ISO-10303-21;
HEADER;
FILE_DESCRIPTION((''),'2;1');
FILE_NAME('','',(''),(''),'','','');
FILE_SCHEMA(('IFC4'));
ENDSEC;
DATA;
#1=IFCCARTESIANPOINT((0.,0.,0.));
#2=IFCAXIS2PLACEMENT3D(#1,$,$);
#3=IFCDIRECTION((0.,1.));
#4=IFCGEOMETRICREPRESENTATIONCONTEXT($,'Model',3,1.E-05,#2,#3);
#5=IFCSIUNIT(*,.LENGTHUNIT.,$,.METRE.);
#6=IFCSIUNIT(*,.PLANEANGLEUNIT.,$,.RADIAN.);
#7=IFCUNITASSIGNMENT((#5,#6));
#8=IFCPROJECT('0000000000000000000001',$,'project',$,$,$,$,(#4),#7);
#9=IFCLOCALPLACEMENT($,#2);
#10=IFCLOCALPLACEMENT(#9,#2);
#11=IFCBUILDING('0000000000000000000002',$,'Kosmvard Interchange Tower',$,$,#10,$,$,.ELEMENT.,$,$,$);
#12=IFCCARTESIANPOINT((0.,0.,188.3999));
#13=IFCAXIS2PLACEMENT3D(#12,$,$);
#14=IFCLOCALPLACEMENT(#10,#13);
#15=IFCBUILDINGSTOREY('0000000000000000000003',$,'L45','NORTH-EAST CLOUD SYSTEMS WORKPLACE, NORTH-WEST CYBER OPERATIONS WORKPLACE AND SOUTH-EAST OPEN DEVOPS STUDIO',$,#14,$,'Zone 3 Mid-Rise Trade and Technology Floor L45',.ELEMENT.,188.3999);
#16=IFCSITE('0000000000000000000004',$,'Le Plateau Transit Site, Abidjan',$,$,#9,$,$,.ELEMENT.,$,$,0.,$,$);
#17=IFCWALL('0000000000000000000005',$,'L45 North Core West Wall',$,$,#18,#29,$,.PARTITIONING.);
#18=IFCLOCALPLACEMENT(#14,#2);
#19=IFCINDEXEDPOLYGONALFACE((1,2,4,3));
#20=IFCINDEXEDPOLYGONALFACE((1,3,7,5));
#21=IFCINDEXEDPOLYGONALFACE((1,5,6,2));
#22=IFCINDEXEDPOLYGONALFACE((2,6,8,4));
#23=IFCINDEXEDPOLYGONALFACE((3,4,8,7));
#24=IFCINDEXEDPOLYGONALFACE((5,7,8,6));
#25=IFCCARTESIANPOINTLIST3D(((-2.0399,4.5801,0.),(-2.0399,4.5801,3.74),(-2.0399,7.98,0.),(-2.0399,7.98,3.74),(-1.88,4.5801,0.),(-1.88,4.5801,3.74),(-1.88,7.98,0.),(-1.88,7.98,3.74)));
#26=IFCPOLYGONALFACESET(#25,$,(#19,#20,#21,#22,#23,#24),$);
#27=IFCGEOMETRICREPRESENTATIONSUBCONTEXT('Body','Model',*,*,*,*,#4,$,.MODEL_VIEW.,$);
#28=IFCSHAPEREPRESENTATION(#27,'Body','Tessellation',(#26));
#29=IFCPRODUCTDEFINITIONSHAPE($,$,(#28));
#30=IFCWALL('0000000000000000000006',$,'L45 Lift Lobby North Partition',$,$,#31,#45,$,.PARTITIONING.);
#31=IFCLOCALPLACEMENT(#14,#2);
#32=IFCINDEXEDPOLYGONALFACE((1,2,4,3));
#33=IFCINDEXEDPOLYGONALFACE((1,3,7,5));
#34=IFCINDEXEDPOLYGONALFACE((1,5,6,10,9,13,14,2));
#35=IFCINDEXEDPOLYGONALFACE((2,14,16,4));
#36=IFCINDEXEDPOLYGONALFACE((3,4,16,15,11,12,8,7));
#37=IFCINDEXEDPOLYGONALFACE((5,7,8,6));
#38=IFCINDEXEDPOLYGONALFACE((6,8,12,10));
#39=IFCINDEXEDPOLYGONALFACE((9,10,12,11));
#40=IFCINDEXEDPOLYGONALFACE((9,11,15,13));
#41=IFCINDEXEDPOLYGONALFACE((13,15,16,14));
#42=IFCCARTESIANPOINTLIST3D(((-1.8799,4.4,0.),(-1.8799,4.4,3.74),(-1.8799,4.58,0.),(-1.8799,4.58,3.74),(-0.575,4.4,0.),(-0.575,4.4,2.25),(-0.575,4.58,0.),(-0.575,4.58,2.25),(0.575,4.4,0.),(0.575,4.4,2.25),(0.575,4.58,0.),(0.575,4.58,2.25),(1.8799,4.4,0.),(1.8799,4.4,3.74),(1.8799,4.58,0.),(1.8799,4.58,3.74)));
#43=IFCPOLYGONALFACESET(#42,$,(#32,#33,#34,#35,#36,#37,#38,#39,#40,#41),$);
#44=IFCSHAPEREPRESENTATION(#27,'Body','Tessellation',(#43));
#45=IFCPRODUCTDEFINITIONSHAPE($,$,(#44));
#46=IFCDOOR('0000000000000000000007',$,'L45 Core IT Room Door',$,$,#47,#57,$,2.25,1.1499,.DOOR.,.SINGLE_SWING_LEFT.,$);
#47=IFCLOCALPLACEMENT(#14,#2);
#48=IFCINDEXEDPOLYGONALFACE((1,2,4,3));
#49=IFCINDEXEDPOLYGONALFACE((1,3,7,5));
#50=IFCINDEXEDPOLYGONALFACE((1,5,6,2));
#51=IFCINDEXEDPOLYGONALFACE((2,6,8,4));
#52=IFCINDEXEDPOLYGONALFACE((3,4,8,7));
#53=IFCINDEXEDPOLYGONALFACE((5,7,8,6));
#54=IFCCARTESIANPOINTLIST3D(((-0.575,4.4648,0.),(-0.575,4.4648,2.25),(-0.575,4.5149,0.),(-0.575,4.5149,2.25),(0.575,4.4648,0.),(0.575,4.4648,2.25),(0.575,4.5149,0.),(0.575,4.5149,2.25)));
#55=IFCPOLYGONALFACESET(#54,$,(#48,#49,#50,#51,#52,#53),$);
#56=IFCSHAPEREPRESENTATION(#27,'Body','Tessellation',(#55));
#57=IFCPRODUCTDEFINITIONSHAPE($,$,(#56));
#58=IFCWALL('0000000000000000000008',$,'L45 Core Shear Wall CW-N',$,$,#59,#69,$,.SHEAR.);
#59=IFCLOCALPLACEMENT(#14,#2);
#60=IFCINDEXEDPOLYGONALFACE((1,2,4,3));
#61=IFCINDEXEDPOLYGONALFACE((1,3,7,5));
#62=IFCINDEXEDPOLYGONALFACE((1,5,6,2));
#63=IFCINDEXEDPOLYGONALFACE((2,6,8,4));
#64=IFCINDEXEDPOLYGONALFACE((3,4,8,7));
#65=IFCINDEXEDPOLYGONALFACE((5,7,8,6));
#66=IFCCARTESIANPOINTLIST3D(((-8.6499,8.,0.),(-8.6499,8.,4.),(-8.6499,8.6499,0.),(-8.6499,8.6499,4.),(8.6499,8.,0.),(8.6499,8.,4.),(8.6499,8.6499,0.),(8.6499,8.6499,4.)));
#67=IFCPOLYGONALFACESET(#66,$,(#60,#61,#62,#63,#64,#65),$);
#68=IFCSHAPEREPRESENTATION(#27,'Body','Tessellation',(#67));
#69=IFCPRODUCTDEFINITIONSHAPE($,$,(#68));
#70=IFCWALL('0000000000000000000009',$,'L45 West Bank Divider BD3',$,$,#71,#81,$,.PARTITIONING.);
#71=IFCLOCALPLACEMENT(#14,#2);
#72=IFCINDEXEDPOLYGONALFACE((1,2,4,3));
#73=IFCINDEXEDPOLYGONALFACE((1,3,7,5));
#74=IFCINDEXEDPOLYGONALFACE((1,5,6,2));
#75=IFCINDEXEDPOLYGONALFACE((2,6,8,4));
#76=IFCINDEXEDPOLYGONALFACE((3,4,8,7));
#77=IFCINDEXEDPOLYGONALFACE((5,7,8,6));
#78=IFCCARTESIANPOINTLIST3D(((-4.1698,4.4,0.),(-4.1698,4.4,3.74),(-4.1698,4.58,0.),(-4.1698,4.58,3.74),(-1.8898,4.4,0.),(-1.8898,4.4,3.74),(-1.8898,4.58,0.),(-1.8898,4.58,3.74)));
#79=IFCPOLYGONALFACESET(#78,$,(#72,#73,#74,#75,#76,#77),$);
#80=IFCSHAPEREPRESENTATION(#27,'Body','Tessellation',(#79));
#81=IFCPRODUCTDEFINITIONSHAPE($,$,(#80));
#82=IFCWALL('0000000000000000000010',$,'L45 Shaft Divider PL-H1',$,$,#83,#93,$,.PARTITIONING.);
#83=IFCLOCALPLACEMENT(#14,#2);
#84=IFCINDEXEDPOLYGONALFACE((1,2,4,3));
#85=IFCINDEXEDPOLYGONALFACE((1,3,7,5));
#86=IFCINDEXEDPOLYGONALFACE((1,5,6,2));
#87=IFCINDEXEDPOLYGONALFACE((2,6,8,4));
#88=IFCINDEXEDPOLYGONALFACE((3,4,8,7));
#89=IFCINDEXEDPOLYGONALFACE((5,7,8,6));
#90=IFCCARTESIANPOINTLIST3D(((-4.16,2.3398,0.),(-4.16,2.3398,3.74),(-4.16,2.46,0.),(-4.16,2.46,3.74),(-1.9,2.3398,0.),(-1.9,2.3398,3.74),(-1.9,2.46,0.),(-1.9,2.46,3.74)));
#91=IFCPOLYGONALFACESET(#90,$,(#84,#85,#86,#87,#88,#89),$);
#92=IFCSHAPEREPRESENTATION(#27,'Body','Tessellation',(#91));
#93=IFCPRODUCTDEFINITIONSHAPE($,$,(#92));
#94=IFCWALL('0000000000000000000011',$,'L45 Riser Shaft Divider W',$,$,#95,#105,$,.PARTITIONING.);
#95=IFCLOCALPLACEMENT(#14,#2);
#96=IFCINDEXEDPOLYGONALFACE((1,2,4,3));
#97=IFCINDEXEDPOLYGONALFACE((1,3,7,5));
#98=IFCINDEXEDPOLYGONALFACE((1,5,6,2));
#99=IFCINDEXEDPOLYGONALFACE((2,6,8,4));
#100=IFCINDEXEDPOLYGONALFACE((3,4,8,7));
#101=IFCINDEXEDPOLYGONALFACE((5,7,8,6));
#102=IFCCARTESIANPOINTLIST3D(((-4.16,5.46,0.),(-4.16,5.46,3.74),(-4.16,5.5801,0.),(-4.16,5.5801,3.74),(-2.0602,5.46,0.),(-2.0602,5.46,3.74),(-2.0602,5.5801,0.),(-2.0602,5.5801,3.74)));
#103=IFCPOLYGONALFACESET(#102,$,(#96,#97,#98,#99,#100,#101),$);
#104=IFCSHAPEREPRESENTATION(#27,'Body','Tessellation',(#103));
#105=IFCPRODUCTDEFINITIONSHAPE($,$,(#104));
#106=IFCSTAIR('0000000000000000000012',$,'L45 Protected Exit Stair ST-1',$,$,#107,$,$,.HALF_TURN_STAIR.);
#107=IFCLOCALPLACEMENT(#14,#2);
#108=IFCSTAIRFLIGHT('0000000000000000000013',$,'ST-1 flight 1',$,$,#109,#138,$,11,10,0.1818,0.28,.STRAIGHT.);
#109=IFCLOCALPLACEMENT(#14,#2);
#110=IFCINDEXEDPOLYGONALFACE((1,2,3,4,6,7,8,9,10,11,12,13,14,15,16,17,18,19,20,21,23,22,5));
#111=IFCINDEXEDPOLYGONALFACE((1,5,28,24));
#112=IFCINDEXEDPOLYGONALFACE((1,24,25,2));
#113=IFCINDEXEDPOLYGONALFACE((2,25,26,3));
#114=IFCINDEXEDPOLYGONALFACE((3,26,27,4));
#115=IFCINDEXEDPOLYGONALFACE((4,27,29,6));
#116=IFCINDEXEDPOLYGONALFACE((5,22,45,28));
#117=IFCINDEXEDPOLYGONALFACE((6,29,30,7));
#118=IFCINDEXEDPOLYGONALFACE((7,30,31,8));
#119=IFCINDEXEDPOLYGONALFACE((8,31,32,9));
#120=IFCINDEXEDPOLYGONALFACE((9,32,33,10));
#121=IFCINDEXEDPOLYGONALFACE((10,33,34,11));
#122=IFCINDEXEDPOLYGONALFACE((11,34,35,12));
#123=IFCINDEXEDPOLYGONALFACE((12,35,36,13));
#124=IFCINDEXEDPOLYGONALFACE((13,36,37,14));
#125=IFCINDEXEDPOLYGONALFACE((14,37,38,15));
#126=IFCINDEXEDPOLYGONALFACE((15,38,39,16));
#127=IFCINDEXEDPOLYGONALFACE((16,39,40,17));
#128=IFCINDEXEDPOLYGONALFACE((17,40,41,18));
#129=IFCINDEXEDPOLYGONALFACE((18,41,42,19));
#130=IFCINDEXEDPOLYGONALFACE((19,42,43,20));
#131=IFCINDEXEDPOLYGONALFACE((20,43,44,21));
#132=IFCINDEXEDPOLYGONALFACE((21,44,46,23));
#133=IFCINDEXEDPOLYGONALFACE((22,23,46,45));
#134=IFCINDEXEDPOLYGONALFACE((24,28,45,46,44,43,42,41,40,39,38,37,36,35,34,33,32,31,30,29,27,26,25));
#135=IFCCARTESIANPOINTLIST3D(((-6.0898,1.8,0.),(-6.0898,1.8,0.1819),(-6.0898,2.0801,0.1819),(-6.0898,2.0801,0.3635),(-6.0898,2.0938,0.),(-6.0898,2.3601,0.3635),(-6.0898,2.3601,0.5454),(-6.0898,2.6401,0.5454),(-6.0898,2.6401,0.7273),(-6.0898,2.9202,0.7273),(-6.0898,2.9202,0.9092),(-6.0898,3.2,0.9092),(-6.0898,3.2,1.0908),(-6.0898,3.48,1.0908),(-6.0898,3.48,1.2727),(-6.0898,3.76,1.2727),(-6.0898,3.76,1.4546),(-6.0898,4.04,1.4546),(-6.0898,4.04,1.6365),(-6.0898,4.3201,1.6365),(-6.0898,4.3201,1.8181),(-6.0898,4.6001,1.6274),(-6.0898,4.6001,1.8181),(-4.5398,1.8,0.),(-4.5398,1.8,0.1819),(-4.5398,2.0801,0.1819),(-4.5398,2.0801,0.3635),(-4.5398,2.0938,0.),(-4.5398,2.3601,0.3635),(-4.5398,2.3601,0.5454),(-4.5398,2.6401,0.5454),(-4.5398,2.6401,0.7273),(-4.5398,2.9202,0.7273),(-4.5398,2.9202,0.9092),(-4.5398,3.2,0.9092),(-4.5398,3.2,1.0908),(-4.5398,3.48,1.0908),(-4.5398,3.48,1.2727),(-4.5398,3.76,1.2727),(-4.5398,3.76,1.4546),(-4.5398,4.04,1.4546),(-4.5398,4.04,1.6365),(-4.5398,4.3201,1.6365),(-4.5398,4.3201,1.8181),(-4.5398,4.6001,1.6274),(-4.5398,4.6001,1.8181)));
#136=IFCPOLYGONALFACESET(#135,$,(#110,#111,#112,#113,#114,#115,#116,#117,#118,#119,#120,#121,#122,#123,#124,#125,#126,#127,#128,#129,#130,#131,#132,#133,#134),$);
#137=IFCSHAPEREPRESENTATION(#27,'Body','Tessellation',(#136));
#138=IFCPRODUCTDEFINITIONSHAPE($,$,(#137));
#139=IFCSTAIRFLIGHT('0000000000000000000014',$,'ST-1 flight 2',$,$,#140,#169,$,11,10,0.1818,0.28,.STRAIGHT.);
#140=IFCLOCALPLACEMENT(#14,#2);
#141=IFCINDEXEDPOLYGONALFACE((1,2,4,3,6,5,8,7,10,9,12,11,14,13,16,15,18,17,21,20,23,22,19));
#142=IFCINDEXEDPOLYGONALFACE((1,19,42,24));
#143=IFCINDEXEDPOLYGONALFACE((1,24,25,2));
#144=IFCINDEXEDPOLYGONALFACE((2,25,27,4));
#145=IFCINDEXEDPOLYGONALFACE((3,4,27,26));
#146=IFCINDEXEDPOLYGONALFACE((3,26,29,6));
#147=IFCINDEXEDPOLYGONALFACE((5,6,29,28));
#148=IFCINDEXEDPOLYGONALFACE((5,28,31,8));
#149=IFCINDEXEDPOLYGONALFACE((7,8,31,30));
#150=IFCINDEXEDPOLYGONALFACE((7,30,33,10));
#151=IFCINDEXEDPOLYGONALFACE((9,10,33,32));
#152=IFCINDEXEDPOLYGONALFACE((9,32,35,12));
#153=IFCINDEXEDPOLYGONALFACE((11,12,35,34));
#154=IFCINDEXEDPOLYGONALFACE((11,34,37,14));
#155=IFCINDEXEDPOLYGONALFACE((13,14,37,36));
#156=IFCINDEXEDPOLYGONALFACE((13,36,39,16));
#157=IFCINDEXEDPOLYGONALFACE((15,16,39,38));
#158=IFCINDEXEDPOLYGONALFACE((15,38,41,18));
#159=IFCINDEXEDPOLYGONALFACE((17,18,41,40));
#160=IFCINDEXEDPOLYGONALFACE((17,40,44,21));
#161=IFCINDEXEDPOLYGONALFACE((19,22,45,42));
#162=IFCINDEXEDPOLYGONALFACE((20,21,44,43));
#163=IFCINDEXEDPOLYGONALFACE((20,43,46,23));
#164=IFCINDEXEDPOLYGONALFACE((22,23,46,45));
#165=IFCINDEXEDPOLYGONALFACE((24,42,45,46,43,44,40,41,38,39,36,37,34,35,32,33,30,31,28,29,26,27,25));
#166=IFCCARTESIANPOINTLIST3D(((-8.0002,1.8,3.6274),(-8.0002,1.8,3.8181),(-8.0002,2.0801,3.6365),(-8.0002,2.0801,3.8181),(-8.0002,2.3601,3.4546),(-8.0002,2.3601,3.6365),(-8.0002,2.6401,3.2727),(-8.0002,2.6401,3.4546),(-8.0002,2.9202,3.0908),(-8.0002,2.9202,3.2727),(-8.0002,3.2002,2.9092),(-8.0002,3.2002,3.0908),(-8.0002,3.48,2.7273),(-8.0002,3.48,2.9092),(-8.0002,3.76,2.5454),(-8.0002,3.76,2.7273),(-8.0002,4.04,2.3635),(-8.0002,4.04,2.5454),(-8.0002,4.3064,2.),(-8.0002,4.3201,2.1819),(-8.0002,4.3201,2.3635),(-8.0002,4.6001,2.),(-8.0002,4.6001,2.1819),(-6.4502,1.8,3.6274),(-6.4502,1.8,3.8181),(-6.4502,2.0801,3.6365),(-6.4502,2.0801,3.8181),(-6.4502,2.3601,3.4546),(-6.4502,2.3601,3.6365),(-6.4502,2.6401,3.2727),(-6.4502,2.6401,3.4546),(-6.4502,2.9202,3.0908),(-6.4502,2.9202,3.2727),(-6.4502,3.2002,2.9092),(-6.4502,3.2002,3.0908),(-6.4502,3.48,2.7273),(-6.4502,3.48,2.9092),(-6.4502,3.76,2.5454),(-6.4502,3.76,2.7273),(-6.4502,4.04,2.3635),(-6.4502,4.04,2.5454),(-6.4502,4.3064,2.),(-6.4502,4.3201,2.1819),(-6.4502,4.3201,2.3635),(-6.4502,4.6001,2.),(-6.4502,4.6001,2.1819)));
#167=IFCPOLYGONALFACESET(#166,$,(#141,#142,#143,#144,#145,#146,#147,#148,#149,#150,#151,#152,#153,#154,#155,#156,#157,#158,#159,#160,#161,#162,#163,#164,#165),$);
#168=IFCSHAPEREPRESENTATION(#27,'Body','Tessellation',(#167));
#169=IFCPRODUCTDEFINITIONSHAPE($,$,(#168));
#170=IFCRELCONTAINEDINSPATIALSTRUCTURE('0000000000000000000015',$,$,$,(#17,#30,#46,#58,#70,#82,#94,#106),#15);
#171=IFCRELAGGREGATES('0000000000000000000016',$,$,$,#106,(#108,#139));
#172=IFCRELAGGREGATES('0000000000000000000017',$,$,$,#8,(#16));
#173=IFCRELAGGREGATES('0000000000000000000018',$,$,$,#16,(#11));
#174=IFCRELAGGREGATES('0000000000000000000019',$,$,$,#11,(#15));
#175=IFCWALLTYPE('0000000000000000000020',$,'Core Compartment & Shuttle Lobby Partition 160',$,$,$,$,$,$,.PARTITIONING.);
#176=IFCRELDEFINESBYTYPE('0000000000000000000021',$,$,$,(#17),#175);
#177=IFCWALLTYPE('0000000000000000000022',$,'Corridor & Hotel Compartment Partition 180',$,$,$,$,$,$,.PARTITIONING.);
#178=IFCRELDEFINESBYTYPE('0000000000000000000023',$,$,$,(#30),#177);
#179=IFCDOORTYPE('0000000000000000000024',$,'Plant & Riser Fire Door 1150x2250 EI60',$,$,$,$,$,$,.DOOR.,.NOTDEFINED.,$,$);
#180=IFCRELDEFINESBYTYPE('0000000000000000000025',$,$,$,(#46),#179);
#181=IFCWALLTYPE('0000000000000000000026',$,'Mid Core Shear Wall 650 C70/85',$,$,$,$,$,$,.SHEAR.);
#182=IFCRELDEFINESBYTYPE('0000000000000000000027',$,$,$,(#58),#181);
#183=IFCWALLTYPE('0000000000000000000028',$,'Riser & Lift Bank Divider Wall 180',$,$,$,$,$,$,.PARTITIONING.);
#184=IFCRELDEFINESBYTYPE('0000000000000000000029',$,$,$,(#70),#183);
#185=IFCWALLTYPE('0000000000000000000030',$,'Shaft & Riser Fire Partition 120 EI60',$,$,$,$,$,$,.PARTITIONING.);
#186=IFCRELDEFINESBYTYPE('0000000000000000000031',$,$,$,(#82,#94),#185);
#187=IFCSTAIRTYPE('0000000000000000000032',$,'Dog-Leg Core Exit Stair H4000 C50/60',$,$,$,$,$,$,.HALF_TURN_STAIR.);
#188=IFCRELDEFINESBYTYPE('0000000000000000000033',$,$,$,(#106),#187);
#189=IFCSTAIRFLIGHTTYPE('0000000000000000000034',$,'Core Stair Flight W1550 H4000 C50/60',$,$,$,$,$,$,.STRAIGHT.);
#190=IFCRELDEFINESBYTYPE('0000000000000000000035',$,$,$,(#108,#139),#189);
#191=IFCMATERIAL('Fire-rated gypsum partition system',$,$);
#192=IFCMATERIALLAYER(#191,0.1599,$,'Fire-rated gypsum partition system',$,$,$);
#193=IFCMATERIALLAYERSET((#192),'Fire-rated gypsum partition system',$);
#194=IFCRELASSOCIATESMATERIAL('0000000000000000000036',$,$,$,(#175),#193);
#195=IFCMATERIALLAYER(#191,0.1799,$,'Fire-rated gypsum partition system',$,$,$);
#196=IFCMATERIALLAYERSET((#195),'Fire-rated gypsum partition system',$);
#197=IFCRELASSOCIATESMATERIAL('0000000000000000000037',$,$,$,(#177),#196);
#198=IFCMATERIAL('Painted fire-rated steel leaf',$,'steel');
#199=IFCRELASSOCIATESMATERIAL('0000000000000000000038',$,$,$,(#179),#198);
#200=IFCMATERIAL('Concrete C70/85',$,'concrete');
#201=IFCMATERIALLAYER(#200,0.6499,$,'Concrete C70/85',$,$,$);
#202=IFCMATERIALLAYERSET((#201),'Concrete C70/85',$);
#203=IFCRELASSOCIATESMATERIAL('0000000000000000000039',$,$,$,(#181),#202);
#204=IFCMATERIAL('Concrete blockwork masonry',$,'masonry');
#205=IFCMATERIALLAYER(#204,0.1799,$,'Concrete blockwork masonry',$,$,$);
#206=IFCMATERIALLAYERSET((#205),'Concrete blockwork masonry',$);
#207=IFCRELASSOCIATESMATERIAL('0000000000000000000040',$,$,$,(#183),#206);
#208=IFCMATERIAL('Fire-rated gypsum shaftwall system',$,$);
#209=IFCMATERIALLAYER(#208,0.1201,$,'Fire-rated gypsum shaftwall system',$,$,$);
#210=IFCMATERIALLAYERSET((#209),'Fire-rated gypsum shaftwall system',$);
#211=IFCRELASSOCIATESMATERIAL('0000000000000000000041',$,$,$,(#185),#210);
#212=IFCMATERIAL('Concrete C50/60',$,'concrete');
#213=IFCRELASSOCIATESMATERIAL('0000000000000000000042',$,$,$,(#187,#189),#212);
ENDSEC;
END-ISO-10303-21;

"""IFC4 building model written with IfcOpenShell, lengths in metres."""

from ifc_helpers import new_model, si_unit, direction, frame, frame_2d, origin, place, context, subcontext, project, spatial, polyline, rectangle, outline, extrude, source, transform, mapped, material, layer, layer_set, type_object, element, fill, aggregate, save


model = new_model("IFC4")

# Units and contexts
model_context = context("Model", 3, precision=1e-05, world=origin(), true_north=direction((0.0, 1.0)))
body_context = subcontext(model_context, "Body", "Model", "MODEL_VIEW")
ifc_project = project(units=[si_unit("LENGTHUNIT", "METRE"), si_unit("PLANEANGLEUNIT", "RADIAN")], contexts=[model_context])

# Site, building, storey
site_placement = place(None, origin())
site = spatial("IfcSite", under=ifc_project, at=site_placement, Name="Le Plateau Transit Site, Abidjan", CompositionType="ELEMENT", RefElevation=0.0)
building_placement = place(site_placement, origin())
building = spatial("IfcBuilding", under=site, at=building_placement, Name="Kosmvard Interchange Tower", CompositionType="ELEMENT")
storey_placement = place(building_placement, frame((0.0, 0.0, 188.3999)))
storey = spatial("IfcBuildingStorey", under=building, at=storey_placement, Name="L45", Description="NORTH-EAST CLOUD SYSTEMS WORKPLACE, NORTH-WEST CYBER OPERATIONS WORKPLACE AND SOUTH-EAST OPEN DEVOPS STUDIO", LongName="Zone 3 Mid-Rise Trade and Technology Floor L45", CompositionType="ELEMENT", Elevation=188.3999)

# Wall
ifc_material_1 = material(Name="Fire-rated gypsum partition system")
ifc_layer_1 = layer(ifc_material_1, 0.1599, Name="Fire-rated gypsum partition system")
ifc_layer_set_1 = layer_set([ifc_layer_1], Name="Fire-rated gypsum partition system")
wall_type_1 = type_object("IfcWallType", Name="Core Compartment & Shuttle Lobby Partition 160", PredefinedType="PARTITIONING", material=ifc_layer_set_1)
wall_1_placement = place(storey_placement, frame((-1.96, 4.5801, 0.0), z_axis=(0.0, 0.0, 1.0), x_axis=(0.0, 1.0, 0.0)))
element("IfcWall", 1, at=wall_1_placement, inside=storey, type_object=wall_type_1, Name="L45 North Core West Wall", PredefinedType="PARTITIONING", context=body_context, shape_type="SweptSolid", body=[
    extrude(rectangle(XDim=3.3999, YDim=0.1599, at=frame_2d((1.7, 0.0))), origin(), (0.0, 0.0, 1.0), 3.74),
])

# Wall, opening, door
ifc_layer_2 = layer(ifc_material_1, 0.1799, Name="Fire-rated gypsum partition system")
ifc_layer_set_2 = layer_set([ifc_layer_2], Name="Fire-rated gypsum partition system")
wall_type_2 = type_object("IfcWallType", Name="Corridor & Hotel Compartment Partition 180", PredefinedType="PARTITIONING", material=ifc_layer_set_2)
wall_2_placement = place(storey_placement, frame((-1.8799, 4.49, 0.0), z_axis=(0.0, 0.0, 1.0), x_axis=(1.0, 0.0, 0.0)))
wall_2 = element("IfcWall", 2, at=wall_2_placement, inside=storey, type_object=wall_type_2, Name="L45 Lift Lobby North Partition", PredefinedType="PARTITIONING", context=body_context, shape_type="SweptSolid", body=[
    extrude(rectangle(XDim=3.7598, YDim=0.1799, at=frame_2d((1.8799, 0.0))), origin(), (0.0, 0.0, 1.0), 3.74),
])
opening_placement = place(wall_2_placement, frame((1.3049, 0.0, 0.0)))
opening = element("IfcOpeningElement", 3, at=opening_placement, cuts=wall_2, PredefinedType="OPENING", context=body_context, shape_type="SweptSolid", body=[
    extrude(rectangle(XDim=1.1499, YDim=2.25, at=frame_2d((0.575, 1.125))), frame((0.0, 0.1001, 0.0), z_axis=(0.0, -1.0, 0.0), x_axis=(1.0, 0.0, 0.0)), (0.0, 0.0, 1.0), 0.2),
])
ifc_material_2 = material(Name="Painted fire-rated steel leaf", Category="steel")
door_type = type_object("IfcDoorType", Name="Plant & Riser Fire Door 1150x2250 EI60", OperationType="NOTDEFINED", PredefinedType="DOOR", material=ifc_material_2)
shared_shape_1 = source(origin(), body_context, "Body", "SweptSolid", [
    extrude(rectangle(XDim=1.1499, YDim=2.25, at=frame_2d((0.575, 1.125))), frame((0.0, 0.0249, 0.0), z_axis=(0.0, -1.0, 0.0), x_axis=(1.0, 0.0, 0.0)), (0.0, 0.0, 1.0), 0.05),
])
door_placement = place(opening_placement, origin())
door = element("IfcDoor", 4, at=door_placement, inside=storey, type_object=door_type, Name="L45 Core IT Room Door", OperationType="SINGLE_SWING_LEFT", OverallHeight=2.25, OverallWidth=1.1499, PredefinedType="DOOR", context=body_context, shape_type="MappedRepresentation", body=[
    mapped(shared_shape_1, transform((0.0, 0.0, 0.0), scale=1.0)),
])
fill(opening, door)

# Walls
ifc_material_3 = material(Name="Concrete C70/85", Category="concrete")
ifc_layer_3 = layer(ifc_material_3, 0.6499, Name="Concrete C70/85")
ifc_layer_set_3 = layer_set([ifc_layer_3], Name="Concrete C70/85")
wall_type_3 = type_object("IfcWallType", Name="Mid Core Shear Wall 650 C70/85", PredefinedType="SHEAR", material=ifc_layer_set_3)
wall_3_placement = place(storey_placement, frame((-8.6499, 8.325, 0.0), z_axis=(0.0, 0.0, 1.0), x_axis=(1.0, 0.0, 0.0)))
element("IfcWall", 5, at=wall_3_placement, inside=storey, type_object=wall_type_3, Name="L45 Core Shear Wall CW-N", PredefinedType="SHEAR", context=body_context, shape_type="SweptSolid", body=[
    extrude(rectangle(XDim=17.2998, YDim=0.6499, at=frame_2d((8.6499, 0.0))), origin(), (0.0, 0.0, 1.0), 4.0),
])
ifc_material_4 = material(Name="Concrete blockwork masonry", Category="masonry")
ifc_layer_4 = layer(ifc_material_4, 0.1799, Name="Concrete blockwork masonry")
ifc_layer_set_4 = layer_set([ifc_layer_4], Name="Concrete blockwork masonry")
wall_type_4 = type_object("IfcWallType", Name="Riser & Lift Bank Divider Wall 180", PredefinedType="PARTITIONING", material=ifc_layer_set_4)
wall_4_placement = place(storey_placement, frame((-4.1699, 4.49, 0.0), z_axis=(0.0, 0.0, 1.0), x_axis=(1.0, 0.0, 0.0)))
element("IfcWall", 6, at=wall_4_placement, inside=storey, type_object=wall_type_4, Name="L45 West Bank Divider BD3", PredefinedType="PARTITIONING", context=body_context, shape_type="SweptSolid", body=[
    extrude(rectangle(XDim=2.28, YDim=0.1799, at=frame_2d((1.1401, 0.0))), origin(), (0.0, 0.0, 1.0), 3.74),
])
ifc_material_5 = material(Name="Fire-rated gypsum shaftwall system")
ifc_layer_5 = layer(ifc_material_5, 0.1201, Name="Fire-rated gypsum shaftwall system")
ifc_layer_set_5 = layer_set([ifc_layer_5], Name="Fire-rated gypsum shaftwall system")
wall_type_5 = type_object("IfcWallType", Name="Shaft & Riser Fire Partition 120 EI60", PredefinedType="PARTITIONING", material=ifc_layer_set_5)
wall_5_placement = place(storey_placement, frame((-4.1599, 2.3999, 0.0), z_axis=(0.0, 0.0, 1.0), x_axis=(1.0, 0.0, 0.0)))
element("IfcWall", 7, at=wall_5_placement, inside=storey, type_object=wall_type_5, Name="L45 Shaft Divider PL-H1", PredefinedType="PARTITIONING", context=body_context, shape_type="SweptSolid", body=[
    extrude(rectangle(XDim=2.26, YDim=0.1201, at=frame_2d((1.1299, 0.0))), origin(), (0.0, 0.0, 1.0), 3.74),
])
wall_6_placement = place(storey_placement, frame((-4.1599, 5.52, 0.0), z_axis=(0.0, 0.0, 1.0), x_axis=(1.0, 0.0, 0.0)))
element("IfcWall", 8, at=wall_6_placement, inside=storey, type_object=wall_type_5, Name="L45 Riser Shaft Divider W", PredefinedType="PARTITIONING", context=body_context, shape_type="SweptSolid", body=[
    extrude(rectangle(XDim=2.0999, YDim=0.1201, at=frame_2d((1.0498, 0.0))), origin(), (0.0, 0.0, 1.0), 3.74),
])

# Stair, stair flights
ifc_material_6 = material(Name="Concrete C50/60", Category="concrete")
stair_type = type_object("IfcStairType", Name="Dog-Leg Core Exit Stair H4000 C50/60", PredefinedType="HALF_TURN_STAIR", material=ifc_material_6)
stair_placement = place(storey_placement, origin())
stair = element("IfcStair", 9, at=stair_placement, inside=storey, type_object=stair_type, Name="L45 Protected Exit Stair ST-1", PredefinedType="HALF_TURN_STAIR")
stair_flight_type = type_object("IfcStairFlightType", Name="Core Stair Flight W1550 H4000 C50/60", PredefinedType="STRAIGHT", material=ifc_material_6)
shared_shape_2 = source(origin(), body_context, "Body", "SweptSolid", [
    extrude(outline(polyline([(0.0, 0.0), (0.0, 0.1819), (0.28, 0.1819), (0.28, 0.3635), (0.5601, 0.3635), (0.5601, 0.5454), (0.8401, 0.5454), (0.8401, 0.7273), (1.1201, 0.7273), (1.1201, 0.9092), (1.3999, 0.9092), (1.3999, 1.0908), (1.6799, 1.0908), (1.6799, 1.2727), (1.96, 1.2727), (1.96, 1.4546), (2.24, 1.4546), (2.24, 1.6365), (2.52, 1.6365), (2.52, 1.8181), (2.8, 1.8181), (2.8, 2.0), (2.8, 1.6274), (0.2937, 0.0), (0.0, 0.0)])), frame((0.0, 0.7749, 0.0), z_axis=(0.0, -1.0, 0.0), x_axis=(1.0, 0.0, 0.0)), (0.0, 0.0, 1.0), 1.55),
])
stair_flight_1_placement = place(storey_placement, frame((-5.3149, 1.8, 0.0), z_axis=(0.0, 0.0, 1.0), x_axis=(0.0, 1.0, 0.0)))
stair_flight_1 = element("IfcStairFlight", 10, at=stair_flight_1_placement, type_object=stair_flight_type, Name="ST-1 flight 1", NumberOfRisers=11, NumberOfTreads=10, PredefinedType="STRAIGHT", RiserHeight=0.1818, TreadLength=0.28, context=body_context, shape_type="MappedRepresentation", body=[
    mapped(shared_shape_2, transform((0.0, 0.0, 0.0), scale=1.0)),
])
stair_flight_2_placement = place(storey_placement, frame((-7.2251, 4.6001, 2.0), z_axis=(0.0, 0.0, 1.0), x_axis=(0.0, -1.0, 0.0)))
stair_flight_2 = element("IfcStairFlight", 11, at=stair_flight_2_placement, type_object=stair_flight_type, Name="ST-1 flight 2", NumberOfRisers=11, NumberOfTreads=10, PredefinedType="STRAIGHT", RiserHeight=0.1818, TreadLength=0.28, context=body_context, shape_type="MappedRepresentation", body=[
    mapped(shared_shape_2, transform((0.0, 0.0, 0.0), scale=1.0)),
])
aggregate(stair, [stair_flight_1, stair_flight_2])

save(model, "model.ifc")
